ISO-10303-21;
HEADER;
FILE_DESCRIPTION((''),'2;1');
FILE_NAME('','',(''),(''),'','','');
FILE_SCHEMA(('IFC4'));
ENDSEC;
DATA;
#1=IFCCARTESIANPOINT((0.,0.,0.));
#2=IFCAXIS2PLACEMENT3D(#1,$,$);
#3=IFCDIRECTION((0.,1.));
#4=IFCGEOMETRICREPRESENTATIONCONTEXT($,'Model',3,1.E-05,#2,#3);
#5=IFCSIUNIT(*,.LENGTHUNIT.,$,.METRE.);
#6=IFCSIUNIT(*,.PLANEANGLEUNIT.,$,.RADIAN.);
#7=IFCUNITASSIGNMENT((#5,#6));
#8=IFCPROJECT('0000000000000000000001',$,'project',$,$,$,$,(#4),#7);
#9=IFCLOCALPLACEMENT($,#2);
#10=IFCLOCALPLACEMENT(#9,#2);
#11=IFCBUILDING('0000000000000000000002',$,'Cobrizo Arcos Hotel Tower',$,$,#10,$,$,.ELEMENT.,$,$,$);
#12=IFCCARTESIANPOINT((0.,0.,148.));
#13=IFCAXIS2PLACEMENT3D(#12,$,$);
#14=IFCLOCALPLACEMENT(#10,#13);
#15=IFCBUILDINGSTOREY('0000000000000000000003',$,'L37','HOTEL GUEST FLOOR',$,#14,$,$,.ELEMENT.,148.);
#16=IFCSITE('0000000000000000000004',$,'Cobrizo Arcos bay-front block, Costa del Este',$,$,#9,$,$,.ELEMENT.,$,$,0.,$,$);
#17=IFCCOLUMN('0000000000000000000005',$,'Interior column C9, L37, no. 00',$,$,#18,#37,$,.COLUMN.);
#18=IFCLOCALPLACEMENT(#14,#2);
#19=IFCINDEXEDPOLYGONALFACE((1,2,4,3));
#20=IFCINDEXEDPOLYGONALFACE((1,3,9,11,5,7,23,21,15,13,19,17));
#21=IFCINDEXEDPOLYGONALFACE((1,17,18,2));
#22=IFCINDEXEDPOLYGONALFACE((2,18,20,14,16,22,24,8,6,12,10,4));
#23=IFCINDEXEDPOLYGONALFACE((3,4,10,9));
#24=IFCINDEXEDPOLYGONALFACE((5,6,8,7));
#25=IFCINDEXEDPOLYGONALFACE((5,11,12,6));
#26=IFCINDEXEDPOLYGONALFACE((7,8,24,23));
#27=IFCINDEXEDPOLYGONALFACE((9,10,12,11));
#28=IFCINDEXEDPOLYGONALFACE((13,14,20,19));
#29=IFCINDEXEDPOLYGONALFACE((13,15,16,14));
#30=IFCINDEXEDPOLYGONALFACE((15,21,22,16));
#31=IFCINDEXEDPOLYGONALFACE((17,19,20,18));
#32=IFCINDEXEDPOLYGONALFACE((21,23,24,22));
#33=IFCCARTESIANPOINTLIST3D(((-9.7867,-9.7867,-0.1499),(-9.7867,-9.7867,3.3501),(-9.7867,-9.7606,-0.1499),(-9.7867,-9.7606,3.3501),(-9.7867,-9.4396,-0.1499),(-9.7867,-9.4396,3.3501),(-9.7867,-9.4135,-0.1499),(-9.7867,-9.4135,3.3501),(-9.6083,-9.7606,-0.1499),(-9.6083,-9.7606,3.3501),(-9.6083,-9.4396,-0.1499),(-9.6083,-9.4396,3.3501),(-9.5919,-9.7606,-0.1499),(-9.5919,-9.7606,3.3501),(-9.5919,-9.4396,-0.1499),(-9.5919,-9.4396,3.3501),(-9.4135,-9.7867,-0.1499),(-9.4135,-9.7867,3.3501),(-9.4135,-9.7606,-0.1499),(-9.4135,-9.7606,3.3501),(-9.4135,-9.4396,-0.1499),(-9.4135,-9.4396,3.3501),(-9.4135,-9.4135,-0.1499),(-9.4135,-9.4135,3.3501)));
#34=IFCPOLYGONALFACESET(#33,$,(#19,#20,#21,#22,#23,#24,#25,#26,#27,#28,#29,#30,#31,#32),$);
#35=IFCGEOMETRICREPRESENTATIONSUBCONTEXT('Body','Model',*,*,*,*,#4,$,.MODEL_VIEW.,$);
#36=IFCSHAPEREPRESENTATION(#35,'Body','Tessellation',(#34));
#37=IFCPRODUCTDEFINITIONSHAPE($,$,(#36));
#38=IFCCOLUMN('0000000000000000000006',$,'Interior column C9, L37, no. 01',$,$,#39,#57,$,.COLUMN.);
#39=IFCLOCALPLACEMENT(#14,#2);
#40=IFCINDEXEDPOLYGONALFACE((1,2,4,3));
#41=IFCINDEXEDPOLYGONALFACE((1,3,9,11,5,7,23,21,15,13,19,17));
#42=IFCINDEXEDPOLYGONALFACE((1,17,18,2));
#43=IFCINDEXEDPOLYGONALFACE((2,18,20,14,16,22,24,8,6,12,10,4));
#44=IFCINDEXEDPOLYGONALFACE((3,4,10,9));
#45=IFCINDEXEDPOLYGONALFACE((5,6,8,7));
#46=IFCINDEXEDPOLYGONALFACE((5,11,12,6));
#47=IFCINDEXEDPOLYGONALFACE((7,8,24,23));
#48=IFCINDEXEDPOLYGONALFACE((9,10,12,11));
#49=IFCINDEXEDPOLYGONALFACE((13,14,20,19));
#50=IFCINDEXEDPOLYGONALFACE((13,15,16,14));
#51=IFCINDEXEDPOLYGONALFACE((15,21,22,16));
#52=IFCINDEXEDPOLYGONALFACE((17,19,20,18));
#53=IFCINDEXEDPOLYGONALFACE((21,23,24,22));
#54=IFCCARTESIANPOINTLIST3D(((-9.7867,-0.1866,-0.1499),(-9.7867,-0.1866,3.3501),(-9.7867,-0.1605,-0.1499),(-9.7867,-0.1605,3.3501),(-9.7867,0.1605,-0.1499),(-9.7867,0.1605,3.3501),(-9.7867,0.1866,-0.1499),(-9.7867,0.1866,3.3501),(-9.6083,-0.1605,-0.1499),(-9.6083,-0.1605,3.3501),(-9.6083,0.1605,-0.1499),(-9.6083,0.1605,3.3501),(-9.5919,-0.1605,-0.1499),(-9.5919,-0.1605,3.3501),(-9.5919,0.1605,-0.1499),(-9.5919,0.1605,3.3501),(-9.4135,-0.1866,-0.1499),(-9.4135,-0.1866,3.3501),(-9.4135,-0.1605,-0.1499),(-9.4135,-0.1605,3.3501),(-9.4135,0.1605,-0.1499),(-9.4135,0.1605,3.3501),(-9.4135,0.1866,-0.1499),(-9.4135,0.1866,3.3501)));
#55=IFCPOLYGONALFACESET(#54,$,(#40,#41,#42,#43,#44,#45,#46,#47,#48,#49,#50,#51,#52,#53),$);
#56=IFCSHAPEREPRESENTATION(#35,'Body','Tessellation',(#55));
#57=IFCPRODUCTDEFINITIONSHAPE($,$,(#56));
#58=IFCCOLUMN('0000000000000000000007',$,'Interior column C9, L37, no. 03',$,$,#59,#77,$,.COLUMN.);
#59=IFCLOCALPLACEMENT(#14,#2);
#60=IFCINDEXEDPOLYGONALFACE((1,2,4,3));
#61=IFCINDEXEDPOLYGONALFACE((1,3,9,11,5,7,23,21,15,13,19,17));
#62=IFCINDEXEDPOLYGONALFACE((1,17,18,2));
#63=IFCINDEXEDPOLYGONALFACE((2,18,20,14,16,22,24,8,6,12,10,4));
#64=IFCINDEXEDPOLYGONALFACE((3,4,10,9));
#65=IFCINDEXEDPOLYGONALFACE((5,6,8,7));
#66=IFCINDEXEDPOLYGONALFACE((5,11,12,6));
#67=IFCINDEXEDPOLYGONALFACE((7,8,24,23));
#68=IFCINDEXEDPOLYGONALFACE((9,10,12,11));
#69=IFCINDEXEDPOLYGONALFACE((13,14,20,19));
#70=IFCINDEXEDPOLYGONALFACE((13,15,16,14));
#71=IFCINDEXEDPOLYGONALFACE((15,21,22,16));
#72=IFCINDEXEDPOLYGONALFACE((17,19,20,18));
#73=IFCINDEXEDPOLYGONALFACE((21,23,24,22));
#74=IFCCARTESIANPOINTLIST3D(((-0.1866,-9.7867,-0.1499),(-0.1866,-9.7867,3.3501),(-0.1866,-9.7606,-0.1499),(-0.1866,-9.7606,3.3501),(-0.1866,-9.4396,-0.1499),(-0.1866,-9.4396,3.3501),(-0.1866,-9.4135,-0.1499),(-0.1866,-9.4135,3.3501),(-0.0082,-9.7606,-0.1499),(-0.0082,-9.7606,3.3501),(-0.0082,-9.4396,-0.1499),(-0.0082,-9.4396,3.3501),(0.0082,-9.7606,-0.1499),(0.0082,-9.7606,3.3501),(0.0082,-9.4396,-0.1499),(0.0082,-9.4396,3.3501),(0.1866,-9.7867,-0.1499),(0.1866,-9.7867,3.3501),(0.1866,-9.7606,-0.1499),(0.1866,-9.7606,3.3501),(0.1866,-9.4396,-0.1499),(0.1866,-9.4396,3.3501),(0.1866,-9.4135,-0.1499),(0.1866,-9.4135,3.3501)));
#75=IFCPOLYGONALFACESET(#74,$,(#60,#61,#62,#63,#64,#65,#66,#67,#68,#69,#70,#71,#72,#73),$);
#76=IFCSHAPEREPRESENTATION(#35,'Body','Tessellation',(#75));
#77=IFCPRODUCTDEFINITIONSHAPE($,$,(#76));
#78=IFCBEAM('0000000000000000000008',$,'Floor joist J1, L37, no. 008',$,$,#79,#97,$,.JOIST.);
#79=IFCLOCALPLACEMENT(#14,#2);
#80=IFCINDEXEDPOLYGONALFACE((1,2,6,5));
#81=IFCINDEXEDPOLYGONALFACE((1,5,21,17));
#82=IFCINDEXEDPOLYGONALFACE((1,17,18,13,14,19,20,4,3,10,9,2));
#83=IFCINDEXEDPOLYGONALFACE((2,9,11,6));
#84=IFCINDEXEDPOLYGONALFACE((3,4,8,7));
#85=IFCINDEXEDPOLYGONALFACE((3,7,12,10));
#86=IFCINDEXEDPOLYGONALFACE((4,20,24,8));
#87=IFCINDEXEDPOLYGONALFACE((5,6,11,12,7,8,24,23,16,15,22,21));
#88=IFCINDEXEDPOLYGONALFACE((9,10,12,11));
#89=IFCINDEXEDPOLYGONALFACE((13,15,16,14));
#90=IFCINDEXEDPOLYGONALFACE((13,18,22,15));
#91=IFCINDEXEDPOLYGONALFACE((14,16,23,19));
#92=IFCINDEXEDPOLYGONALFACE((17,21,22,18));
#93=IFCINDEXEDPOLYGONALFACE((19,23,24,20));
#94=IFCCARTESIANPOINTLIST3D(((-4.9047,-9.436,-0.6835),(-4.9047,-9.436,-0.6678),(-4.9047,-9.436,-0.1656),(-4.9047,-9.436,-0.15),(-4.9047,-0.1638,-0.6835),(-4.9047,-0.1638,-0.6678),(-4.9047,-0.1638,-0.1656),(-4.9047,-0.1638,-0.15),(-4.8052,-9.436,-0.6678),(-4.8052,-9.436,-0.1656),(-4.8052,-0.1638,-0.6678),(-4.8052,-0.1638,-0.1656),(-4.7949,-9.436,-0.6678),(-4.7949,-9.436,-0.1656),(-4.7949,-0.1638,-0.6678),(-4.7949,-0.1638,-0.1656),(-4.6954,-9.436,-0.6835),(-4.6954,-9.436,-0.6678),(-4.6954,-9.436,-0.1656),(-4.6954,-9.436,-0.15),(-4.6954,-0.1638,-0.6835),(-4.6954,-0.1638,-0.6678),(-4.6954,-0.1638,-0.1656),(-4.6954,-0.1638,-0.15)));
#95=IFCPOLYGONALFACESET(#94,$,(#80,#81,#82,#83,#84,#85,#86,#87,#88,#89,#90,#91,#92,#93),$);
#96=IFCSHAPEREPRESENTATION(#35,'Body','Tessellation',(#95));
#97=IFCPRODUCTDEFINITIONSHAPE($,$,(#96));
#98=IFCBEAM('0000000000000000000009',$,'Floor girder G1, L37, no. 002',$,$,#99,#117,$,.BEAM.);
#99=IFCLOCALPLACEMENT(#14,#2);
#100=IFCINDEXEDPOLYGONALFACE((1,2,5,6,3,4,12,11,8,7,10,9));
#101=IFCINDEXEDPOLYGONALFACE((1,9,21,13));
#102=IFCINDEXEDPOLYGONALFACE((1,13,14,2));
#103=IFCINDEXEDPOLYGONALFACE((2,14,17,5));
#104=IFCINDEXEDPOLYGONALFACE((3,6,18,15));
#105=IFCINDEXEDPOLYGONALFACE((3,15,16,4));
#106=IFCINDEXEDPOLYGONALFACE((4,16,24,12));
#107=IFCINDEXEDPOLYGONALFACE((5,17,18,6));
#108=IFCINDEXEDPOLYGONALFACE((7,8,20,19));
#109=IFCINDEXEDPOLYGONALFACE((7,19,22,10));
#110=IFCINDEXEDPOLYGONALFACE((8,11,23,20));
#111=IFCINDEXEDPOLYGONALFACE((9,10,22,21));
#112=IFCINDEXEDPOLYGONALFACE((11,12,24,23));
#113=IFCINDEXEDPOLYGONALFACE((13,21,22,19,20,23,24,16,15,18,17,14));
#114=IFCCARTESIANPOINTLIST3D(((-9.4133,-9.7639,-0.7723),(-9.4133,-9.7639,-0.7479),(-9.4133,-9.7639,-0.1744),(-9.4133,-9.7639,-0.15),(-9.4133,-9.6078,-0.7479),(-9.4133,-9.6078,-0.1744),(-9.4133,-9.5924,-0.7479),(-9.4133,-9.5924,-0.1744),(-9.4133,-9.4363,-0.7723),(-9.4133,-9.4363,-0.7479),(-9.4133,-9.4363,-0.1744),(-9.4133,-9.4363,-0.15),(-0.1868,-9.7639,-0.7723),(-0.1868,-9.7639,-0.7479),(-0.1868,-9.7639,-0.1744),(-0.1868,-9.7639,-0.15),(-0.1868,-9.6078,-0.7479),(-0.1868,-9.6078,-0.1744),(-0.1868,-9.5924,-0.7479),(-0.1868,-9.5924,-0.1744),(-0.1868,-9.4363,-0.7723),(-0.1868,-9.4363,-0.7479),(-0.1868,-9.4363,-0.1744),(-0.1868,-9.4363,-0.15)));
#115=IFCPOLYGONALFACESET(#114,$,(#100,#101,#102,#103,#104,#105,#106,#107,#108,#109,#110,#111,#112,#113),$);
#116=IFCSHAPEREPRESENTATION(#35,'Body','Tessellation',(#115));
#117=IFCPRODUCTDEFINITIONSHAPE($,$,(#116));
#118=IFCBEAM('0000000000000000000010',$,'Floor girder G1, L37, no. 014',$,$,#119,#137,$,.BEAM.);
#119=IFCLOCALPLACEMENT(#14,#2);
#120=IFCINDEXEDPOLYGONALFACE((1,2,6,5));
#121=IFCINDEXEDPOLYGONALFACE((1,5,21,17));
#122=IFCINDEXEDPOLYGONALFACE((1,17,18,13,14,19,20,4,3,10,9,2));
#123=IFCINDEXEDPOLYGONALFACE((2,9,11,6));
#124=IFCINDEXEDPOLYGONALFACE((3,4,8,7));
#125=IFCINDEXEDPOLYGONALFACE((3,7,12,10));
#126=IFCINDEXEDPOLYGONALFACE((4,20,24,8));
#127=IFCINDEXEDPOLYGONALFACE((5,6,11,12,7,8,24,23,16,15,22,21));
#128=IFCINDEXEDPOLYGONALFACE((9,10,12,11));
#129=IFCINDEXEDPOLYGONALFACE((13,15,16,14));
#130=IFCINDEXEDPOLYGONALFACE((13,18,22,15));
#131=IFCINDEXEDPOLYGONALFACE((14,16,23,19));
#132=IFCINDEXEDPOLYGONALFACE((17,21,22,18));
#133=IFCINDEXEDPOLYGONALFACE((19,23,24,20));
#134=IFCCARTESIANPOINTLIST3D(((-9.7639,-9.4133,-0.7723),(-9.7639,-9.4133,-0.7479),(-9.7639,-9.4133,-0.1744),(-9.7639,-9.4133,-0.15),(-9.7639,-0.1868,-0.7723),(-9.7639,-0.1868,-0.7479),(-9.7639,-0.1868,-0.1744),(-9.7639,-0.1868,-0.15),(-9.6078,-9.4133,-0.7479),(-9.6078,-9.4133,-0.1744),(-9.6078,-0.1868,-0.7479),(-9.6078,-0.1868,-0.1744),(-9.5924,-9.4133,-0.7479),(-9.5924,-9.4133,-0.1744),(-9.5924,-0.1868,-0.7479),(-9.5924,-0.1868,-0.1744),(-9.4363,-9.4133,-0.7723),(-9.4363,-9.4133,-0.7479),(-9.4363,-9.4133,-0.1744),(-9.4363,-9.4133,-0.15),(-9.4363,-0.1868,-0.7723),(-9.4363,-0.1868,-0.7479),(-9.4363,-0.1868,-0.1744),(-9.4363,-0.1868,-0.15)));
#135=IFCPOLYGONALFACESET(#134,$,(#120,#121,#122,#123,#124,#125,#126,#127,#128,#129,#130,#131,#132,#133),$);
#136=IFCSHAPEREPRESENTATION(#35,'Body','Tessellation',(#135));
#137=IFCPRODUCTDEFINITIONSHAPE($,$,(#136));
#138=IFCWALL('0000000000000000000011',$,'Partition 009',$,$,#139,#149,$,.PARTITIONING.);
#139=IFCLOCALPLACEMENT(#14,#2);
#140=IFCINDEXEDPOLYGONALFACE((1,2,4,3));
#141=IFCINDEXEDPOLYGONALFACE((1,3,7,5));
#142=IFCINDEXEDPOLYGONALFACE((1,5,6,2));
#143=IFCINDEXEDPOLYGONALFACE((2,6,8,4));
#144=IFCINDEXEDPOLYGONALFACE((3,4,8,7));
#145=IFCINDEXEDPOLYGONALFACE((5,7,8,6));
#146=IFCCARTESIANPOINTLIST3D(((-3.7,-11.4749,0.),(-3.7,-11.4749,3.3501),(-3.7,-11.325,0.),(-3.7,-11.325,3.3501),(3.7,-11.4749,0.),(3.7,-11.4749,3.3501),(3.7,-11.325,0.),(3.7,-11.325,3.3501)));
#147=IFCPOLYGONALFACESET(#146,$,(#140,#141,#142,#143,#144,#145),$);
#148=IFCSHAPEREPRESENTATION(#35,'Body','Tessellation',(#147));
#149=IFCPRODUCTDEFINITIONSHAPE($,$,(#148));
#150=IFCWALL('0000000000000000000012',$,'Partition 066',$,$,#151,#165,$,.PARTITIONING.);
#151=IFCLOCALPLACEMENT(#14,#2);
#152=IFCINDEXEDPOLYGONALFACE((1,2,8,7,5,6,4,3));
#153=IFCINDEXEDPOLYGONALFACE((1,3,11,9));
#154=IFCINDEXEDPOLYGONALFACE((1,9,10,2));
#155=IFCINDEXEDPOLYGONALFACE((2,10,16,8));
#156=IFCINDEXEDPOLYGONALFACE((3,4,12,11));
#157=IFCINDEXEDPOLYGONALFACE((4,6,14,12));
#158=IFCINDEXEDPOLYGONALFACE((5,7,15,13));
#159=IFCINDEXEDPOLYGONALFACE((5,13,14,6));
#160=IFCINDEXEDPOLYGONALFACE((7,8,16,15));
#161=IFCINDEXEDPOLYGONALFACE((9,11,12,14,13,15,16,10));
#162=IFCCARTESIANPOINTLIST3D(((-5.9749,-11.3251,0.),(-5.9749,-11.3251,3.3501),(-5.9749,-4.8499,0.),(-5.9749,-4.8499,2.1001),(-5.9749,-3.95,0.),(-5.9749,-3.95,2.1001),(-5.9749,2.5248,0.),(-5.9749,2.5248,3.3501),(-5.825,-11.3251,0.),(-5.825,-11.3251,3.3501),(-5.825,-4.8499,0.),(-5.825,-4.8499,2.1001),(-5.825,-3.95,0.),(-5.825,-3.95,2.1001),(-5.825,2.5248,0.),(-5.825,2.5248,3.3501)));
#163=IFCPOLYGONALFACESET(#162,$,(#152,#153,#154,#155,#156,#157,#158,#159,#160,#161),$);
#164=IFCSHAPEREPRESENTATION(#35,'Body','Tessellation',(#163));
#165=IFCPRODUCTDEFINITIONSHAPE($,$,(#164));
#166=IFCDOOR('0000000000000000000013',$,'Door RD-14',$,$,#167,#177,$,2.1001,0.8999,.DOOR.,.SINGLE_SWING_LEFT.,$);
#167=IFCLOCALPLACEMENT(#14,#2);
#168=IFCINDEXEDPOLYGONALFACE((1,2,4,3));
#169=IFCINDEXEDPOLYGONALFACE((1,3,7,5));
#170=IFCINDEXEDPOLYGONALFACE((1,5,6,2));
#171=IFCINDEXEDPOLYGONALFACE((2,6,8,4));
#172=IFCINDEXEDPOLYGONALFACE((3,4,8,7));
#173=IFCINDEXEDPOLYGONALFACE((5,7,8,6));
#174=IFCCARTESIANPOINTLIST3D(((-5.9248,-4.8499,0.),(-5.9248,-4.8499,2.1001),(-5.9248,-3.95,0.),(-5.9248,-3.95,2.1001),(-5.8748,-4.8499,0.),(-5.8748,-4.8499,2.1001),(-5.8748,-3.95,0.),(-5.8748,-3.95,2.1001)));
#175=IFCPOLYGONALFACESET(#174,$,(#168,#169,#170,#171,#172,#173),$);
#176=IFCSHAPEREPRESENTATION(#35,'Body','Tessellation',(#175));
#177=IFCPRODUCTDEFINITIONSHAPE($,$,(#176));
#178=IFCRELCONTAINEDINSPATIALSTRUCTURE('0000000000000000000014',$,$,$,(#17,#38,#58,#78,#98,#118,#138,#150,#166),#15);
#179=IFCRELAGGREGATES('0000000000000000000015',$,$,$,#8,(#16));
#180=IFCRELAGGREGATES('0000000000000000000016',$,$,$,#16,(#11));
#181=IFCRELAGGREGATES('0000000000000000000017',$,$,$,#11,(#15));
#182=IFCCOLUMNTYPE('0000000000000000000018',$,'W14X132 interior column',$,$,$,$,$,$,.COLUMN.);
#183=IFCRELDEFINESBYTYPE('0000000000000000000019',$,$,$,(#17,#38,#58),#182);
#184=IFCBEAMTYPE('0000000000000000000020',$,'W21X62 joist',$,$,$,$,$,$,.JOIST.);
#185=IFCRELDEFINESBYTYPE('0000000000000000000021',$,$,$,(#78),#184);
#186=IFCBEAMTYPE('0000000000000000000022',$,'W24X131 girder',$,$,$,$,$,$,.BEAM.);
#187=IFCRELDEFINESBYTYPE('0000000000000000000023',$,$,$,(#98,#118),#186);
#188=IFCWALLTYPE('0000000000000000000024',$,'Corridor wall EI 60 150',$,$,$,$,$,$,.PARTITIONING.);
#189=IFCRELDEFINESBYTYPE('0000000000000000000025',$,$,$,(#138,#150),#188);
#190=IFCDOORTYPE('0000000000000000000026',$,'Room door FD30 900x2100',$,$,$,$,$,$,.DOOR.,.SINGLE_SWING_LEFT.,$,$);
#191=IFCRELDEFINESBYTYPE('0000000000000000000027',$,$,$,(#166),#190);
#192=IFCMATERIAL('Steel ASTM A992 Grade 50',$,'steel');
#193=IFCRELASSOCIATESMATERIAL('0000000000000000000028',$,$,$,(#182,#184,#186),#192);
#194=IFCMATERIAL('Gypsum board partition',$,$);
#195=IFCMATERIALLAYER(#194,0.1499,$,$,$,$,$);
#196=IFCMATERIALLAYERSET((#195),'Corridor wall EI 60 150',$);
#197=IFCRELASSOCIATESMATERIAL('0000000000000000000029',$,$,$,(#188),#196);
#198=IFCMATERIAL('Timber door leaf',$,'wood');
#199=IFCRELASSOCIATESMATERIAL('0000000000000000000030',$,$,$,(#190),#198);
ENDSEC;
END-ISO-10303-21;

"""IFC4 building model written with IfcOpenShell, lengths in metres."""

from ifc_helpers import new_model, si_unit, direction, frame, frame_2d, origin, origin_2d, place, context, subcontext, project, spatial, rectangle, i_section, extrude, material, layer, layer_set, material_profile, profile_set, type_object, element, fill, save


model = new_model("IFC4")

# Units and contexts
model_context = context("Model", 3, precision=1e-05, world=origin(), true_north=direction((0.0, 1.0)))
body_context = subcontext(model_context, "Body", "Model", "MODEL_VIEW")
ifc_project = project(units=[si_unit("LENGTHUNIT", "METRE"), si_unit("PLANEANGLEUNIT", "RADIAN")], contexts=[model_context])

# Site, building, storey
site_placement = place(None, origin())
site = spatial("IfcSite", under=ifc_project, at=site_placement, Name="Cobrizo Arcos bay-front block, Costa del Este", CompositionType="ELEMENT", RefElevation=0.0)
building_placement = place(site_placement, origin())
building = spatial("IfcBuilding", under=site, at=building_placement, Name="Cobrizo Arcos Hotel Tower", CompositionType="ELEMENT")
storey_placement = place(building_placement, frame((0.0, 0.0, 148.0)))
storey = spatial("IfcBuildingStorey", under=building, at=storey_placement, Name="L37", Description="HOTEL GUEST FLOOR", CompositionType="ELEMENT", Elevation=148.0)

# Columns
ifc_material_1 = material(Name="Steel ASTM A992 Grade 50", Category="steel")
ifc_material_profile_1 = material_profile(ifc_material_1, i_section(OverallWidth=0.3733, OverallDepth=0.3733, WebThickness=0.0164, FlangeThickness=0.0261, at=origin_2d()), Name="W14X132")
ifc_profile_set_1 = profile_set([ifc_material_profile_1], Name="Steel ASTM A992 Grade 50")
column_type = type_object("IfcColumnType", Name="W14X132 interior column", PredefinedType="COLUMN", material=ifc_profile_set_1)
for number, where, z_axis, x_axis, name in (
    (1, (-9.6001, -9.6001, -0.1499), (0.0, 0.0, 1.0), (1.0, 0.0, 0.0), "Interior column C9, L37, no. 00"),
    (2, (-9.6001, 0.0, -0.1499), (0.0, 0.0, 1.0), (1.0, 0.0, 0.0), "Interior column C9, L37, no. 01"),
    (3, (0.0, -9.6001, -0.1499), (0.0, 0.0, 1.0), (1.0, 0.0, 0.0), "Interior column C9, L37, no. 03"),
):
    element("IfcColumn", number, at=place(storey_placement, frame(where, z_axis=z_axis, x_axis=x_axis)), inside=storey, type_object=column_type, Name=name, PredefinedType="COLUMN", context=body_context, shape_type="SweptSolid", body=[
        extrude(i_section(OverallWidth=0.3733, OverallDepth=0.3733, WebThickness=0.0164, FlangeThickness=0.0261, at=origin_2d()), origin(), (0.0, 0.0, 1.0), 3.5),
    ])

# Beams
ifc_material_profile_2 = material_profile(ifc_material_1, i_section(OverallWidth=0.2092, OverallDepth=0.5334, WebThickness=0.0103, FlangeThickness=0.0156, at=origin_2d()), Name="W21X62")
ifc_profile_set_2 = profile_set([ifc_material_profile_2], Name="Steel ASTM A992 Grade 50")
beam_type_1 = type_object("IfcBeamType", Name="W21X62 joist", PredefinedType="JOIST", material=ifc_profile_set_2)
beam_placement = place(storey_placement, frame((-4.8, -9.436, -0.4167), z_axis=(0.0, 1.0, 0.0), x_axis=(-1.0, 0.0, 0.0)))
element("IfcBeam", 4, at=beam_placement, inside=storey, type_object=beam_type_1, Name="Floor joist J1, L37, no. 008", PredefinedType="JOIST", context=body_context, shape_type="SweptSolid", body=[
    extrude(i_section(OverallWidth=0.2092, OverallDepth=0.5334, WebThickness=0.0103, FlangeThickness=0.0156, at=origin_2d()), origin(), (0.0, 0.0, 1.0), 9.2722),
])
ifc_material_profile_3 = material_profile(ifc_material_1, i_section(OverallWidth=0.3276, OverallDepth=0.6223, WebThickness=0.0154, FlangeThickness=0.0244, at=origin_2d()), Name="W24X131")
ifc_profile_set_3 = profile_set([ifc_material_profile_3], Name="Steel ASTM A992 Grade 50")
beam_type_2 = type_object("IfcBeamType", Name="W24X131 girder", PredefinedType="BEAM", material=ifc_profile_set_3)
for number, where, z_axis, x_axis, name in (
    (5, (-9.4133, -9.6001, -0.4612), (1.0, 0.0, 0.0), (0.0, 1.0, 0.0), "Floor girder G1, L37, no. 002"),
    (6, (-9.6001, -9.4133, -0.4612), (0.0, 1.0, 0.0), (-1.0, 0.0, 0.0), "Floor girder G1, L37, no. 014"),
):
    element("IfcBeam", number, at=place(storey_placement, frame(where, z_axis=z_axis, x_axis=x_axis)), inside=storey, type_object=beam_type_2, Name=name, PredefinedType="BEAM", context=body_context, shape_type="SweptSolid", body=[
        extrude(i_section(OverallWidth=0.3276, OverallDepth=0.6223, WebThickness=0.0154, FlangeThickness=0.0244, at=origin_2d()), origin(), (0.0, 0.0, 1.0), 9.2266),
    ])

# Wall
ifc_material_2 = material(Name="Gypsum board partition")
ifc_layer_1 = layer(ifc_material_2, 0.1499)
ifc_layer_set_1 = layer_set([ifc_layer_1], Name="Corridor wall EI 60 150")
wall_type_1 = type_object("IfcWallType", Name="Corridor wall EI 60 150", PredefinedType="PARTITIONING", material=ifc_layer_set_1)
wall_1_placement = place(storey_placement, frame((-3.7, -11.3999, 0.0), z_axis=(0.0, 0.0, 1.0), x_axis=(1.0, 0.0, 0.0)))
element("IfcWall", 7, at=wall_1_placement, inside=storey, type_object=wall_type_1, Name="Partition 009", PredefinedType="PARTITIONING", context=body_context, shape_type="SweptSolid", body=[
    extrude(rectangle(XDim=7.3999, YDim=0.1499, at=frame_2d((3.7, 0.0))), origin(), (0.0, 0.0, 1.0), 3.3501),
])

# Wall, opening, door
wall_2_placement = place(storey_placement, frame((-5.8999, -11.325, 0.0), z_axis=(0.0, 0.0, 1.0), x_axis=(0.0, 1.0, 0.0)))
wall_2 = element("IfcWall", 8, at=wall_2_placement, inside=storey, type_object=wall_type_1, Name="Partition 066", PredefinedType="PARTITIONING", context=body_context, shape_type="SweptSolid", body=[
    extrude(rectangle(XDim=13.8499, YDim=0.1499, at=frame_2d((6.9248, 0.0))), origin(), (0.0, 0.0, 1.0), 3.3501),
])
opening_1_placement = place(wall_2_placement, frame((6.4751, 0.0, 0.0)))
opening_1 = element("IfcOpeningElement", 9, at=opening_1_placement, cuts=wall_2, PredefinedType="OPENING", context=body_context, shape_type="SweptSolid", body=[
    extrude(rectangle(XDim=0.8999, YDim=2.1001, at=frame_2d((0.45, 1.05))), frame((0.0, 0.0869, 0.0), z_axis=(0.0, -1.0, 0.0), x_axis=(1.0, 0.0, 0.0)), (0.0, 0.0, 1.0), 0.1738),
])
ifc_material_3 = material(Name="Timber door leaf", Category="wood")
door_type = type_object("IfcDoorType", Name="Room door FD30 900x2100", OperationType="SINGLE_SWING_LEFT", PredefinedType="DOOR", material=ifc_material_3)
door_1_placement = place(opening_1_placement, origin())
door_1 = element("IfcDoor", 10, at=door_1_placement, inside=storey, type_object=door_type, Name="Door RD-14", OperationType="SINGLE_SWING_LEFT", OverallHeight=2.1001, OverallWidth=0.8999, PredefinedType="DOOR", context=body_context, shape_type="SweptSolid", body=[
    extrude(rectangle(XDim=0.8999, YDim=2.1001, at=frame_2d((0.45, 1.05))), frame((0.0, 0.0249, 0.0), z_axis=(0.0, -1.0, 0.0), x_axis=(1.0, 0.0, 0.0)), (0.0, 0.0, 1.0), 0.05),
])
fill(opening_1, door_1)

save(model, "model.ifc")
